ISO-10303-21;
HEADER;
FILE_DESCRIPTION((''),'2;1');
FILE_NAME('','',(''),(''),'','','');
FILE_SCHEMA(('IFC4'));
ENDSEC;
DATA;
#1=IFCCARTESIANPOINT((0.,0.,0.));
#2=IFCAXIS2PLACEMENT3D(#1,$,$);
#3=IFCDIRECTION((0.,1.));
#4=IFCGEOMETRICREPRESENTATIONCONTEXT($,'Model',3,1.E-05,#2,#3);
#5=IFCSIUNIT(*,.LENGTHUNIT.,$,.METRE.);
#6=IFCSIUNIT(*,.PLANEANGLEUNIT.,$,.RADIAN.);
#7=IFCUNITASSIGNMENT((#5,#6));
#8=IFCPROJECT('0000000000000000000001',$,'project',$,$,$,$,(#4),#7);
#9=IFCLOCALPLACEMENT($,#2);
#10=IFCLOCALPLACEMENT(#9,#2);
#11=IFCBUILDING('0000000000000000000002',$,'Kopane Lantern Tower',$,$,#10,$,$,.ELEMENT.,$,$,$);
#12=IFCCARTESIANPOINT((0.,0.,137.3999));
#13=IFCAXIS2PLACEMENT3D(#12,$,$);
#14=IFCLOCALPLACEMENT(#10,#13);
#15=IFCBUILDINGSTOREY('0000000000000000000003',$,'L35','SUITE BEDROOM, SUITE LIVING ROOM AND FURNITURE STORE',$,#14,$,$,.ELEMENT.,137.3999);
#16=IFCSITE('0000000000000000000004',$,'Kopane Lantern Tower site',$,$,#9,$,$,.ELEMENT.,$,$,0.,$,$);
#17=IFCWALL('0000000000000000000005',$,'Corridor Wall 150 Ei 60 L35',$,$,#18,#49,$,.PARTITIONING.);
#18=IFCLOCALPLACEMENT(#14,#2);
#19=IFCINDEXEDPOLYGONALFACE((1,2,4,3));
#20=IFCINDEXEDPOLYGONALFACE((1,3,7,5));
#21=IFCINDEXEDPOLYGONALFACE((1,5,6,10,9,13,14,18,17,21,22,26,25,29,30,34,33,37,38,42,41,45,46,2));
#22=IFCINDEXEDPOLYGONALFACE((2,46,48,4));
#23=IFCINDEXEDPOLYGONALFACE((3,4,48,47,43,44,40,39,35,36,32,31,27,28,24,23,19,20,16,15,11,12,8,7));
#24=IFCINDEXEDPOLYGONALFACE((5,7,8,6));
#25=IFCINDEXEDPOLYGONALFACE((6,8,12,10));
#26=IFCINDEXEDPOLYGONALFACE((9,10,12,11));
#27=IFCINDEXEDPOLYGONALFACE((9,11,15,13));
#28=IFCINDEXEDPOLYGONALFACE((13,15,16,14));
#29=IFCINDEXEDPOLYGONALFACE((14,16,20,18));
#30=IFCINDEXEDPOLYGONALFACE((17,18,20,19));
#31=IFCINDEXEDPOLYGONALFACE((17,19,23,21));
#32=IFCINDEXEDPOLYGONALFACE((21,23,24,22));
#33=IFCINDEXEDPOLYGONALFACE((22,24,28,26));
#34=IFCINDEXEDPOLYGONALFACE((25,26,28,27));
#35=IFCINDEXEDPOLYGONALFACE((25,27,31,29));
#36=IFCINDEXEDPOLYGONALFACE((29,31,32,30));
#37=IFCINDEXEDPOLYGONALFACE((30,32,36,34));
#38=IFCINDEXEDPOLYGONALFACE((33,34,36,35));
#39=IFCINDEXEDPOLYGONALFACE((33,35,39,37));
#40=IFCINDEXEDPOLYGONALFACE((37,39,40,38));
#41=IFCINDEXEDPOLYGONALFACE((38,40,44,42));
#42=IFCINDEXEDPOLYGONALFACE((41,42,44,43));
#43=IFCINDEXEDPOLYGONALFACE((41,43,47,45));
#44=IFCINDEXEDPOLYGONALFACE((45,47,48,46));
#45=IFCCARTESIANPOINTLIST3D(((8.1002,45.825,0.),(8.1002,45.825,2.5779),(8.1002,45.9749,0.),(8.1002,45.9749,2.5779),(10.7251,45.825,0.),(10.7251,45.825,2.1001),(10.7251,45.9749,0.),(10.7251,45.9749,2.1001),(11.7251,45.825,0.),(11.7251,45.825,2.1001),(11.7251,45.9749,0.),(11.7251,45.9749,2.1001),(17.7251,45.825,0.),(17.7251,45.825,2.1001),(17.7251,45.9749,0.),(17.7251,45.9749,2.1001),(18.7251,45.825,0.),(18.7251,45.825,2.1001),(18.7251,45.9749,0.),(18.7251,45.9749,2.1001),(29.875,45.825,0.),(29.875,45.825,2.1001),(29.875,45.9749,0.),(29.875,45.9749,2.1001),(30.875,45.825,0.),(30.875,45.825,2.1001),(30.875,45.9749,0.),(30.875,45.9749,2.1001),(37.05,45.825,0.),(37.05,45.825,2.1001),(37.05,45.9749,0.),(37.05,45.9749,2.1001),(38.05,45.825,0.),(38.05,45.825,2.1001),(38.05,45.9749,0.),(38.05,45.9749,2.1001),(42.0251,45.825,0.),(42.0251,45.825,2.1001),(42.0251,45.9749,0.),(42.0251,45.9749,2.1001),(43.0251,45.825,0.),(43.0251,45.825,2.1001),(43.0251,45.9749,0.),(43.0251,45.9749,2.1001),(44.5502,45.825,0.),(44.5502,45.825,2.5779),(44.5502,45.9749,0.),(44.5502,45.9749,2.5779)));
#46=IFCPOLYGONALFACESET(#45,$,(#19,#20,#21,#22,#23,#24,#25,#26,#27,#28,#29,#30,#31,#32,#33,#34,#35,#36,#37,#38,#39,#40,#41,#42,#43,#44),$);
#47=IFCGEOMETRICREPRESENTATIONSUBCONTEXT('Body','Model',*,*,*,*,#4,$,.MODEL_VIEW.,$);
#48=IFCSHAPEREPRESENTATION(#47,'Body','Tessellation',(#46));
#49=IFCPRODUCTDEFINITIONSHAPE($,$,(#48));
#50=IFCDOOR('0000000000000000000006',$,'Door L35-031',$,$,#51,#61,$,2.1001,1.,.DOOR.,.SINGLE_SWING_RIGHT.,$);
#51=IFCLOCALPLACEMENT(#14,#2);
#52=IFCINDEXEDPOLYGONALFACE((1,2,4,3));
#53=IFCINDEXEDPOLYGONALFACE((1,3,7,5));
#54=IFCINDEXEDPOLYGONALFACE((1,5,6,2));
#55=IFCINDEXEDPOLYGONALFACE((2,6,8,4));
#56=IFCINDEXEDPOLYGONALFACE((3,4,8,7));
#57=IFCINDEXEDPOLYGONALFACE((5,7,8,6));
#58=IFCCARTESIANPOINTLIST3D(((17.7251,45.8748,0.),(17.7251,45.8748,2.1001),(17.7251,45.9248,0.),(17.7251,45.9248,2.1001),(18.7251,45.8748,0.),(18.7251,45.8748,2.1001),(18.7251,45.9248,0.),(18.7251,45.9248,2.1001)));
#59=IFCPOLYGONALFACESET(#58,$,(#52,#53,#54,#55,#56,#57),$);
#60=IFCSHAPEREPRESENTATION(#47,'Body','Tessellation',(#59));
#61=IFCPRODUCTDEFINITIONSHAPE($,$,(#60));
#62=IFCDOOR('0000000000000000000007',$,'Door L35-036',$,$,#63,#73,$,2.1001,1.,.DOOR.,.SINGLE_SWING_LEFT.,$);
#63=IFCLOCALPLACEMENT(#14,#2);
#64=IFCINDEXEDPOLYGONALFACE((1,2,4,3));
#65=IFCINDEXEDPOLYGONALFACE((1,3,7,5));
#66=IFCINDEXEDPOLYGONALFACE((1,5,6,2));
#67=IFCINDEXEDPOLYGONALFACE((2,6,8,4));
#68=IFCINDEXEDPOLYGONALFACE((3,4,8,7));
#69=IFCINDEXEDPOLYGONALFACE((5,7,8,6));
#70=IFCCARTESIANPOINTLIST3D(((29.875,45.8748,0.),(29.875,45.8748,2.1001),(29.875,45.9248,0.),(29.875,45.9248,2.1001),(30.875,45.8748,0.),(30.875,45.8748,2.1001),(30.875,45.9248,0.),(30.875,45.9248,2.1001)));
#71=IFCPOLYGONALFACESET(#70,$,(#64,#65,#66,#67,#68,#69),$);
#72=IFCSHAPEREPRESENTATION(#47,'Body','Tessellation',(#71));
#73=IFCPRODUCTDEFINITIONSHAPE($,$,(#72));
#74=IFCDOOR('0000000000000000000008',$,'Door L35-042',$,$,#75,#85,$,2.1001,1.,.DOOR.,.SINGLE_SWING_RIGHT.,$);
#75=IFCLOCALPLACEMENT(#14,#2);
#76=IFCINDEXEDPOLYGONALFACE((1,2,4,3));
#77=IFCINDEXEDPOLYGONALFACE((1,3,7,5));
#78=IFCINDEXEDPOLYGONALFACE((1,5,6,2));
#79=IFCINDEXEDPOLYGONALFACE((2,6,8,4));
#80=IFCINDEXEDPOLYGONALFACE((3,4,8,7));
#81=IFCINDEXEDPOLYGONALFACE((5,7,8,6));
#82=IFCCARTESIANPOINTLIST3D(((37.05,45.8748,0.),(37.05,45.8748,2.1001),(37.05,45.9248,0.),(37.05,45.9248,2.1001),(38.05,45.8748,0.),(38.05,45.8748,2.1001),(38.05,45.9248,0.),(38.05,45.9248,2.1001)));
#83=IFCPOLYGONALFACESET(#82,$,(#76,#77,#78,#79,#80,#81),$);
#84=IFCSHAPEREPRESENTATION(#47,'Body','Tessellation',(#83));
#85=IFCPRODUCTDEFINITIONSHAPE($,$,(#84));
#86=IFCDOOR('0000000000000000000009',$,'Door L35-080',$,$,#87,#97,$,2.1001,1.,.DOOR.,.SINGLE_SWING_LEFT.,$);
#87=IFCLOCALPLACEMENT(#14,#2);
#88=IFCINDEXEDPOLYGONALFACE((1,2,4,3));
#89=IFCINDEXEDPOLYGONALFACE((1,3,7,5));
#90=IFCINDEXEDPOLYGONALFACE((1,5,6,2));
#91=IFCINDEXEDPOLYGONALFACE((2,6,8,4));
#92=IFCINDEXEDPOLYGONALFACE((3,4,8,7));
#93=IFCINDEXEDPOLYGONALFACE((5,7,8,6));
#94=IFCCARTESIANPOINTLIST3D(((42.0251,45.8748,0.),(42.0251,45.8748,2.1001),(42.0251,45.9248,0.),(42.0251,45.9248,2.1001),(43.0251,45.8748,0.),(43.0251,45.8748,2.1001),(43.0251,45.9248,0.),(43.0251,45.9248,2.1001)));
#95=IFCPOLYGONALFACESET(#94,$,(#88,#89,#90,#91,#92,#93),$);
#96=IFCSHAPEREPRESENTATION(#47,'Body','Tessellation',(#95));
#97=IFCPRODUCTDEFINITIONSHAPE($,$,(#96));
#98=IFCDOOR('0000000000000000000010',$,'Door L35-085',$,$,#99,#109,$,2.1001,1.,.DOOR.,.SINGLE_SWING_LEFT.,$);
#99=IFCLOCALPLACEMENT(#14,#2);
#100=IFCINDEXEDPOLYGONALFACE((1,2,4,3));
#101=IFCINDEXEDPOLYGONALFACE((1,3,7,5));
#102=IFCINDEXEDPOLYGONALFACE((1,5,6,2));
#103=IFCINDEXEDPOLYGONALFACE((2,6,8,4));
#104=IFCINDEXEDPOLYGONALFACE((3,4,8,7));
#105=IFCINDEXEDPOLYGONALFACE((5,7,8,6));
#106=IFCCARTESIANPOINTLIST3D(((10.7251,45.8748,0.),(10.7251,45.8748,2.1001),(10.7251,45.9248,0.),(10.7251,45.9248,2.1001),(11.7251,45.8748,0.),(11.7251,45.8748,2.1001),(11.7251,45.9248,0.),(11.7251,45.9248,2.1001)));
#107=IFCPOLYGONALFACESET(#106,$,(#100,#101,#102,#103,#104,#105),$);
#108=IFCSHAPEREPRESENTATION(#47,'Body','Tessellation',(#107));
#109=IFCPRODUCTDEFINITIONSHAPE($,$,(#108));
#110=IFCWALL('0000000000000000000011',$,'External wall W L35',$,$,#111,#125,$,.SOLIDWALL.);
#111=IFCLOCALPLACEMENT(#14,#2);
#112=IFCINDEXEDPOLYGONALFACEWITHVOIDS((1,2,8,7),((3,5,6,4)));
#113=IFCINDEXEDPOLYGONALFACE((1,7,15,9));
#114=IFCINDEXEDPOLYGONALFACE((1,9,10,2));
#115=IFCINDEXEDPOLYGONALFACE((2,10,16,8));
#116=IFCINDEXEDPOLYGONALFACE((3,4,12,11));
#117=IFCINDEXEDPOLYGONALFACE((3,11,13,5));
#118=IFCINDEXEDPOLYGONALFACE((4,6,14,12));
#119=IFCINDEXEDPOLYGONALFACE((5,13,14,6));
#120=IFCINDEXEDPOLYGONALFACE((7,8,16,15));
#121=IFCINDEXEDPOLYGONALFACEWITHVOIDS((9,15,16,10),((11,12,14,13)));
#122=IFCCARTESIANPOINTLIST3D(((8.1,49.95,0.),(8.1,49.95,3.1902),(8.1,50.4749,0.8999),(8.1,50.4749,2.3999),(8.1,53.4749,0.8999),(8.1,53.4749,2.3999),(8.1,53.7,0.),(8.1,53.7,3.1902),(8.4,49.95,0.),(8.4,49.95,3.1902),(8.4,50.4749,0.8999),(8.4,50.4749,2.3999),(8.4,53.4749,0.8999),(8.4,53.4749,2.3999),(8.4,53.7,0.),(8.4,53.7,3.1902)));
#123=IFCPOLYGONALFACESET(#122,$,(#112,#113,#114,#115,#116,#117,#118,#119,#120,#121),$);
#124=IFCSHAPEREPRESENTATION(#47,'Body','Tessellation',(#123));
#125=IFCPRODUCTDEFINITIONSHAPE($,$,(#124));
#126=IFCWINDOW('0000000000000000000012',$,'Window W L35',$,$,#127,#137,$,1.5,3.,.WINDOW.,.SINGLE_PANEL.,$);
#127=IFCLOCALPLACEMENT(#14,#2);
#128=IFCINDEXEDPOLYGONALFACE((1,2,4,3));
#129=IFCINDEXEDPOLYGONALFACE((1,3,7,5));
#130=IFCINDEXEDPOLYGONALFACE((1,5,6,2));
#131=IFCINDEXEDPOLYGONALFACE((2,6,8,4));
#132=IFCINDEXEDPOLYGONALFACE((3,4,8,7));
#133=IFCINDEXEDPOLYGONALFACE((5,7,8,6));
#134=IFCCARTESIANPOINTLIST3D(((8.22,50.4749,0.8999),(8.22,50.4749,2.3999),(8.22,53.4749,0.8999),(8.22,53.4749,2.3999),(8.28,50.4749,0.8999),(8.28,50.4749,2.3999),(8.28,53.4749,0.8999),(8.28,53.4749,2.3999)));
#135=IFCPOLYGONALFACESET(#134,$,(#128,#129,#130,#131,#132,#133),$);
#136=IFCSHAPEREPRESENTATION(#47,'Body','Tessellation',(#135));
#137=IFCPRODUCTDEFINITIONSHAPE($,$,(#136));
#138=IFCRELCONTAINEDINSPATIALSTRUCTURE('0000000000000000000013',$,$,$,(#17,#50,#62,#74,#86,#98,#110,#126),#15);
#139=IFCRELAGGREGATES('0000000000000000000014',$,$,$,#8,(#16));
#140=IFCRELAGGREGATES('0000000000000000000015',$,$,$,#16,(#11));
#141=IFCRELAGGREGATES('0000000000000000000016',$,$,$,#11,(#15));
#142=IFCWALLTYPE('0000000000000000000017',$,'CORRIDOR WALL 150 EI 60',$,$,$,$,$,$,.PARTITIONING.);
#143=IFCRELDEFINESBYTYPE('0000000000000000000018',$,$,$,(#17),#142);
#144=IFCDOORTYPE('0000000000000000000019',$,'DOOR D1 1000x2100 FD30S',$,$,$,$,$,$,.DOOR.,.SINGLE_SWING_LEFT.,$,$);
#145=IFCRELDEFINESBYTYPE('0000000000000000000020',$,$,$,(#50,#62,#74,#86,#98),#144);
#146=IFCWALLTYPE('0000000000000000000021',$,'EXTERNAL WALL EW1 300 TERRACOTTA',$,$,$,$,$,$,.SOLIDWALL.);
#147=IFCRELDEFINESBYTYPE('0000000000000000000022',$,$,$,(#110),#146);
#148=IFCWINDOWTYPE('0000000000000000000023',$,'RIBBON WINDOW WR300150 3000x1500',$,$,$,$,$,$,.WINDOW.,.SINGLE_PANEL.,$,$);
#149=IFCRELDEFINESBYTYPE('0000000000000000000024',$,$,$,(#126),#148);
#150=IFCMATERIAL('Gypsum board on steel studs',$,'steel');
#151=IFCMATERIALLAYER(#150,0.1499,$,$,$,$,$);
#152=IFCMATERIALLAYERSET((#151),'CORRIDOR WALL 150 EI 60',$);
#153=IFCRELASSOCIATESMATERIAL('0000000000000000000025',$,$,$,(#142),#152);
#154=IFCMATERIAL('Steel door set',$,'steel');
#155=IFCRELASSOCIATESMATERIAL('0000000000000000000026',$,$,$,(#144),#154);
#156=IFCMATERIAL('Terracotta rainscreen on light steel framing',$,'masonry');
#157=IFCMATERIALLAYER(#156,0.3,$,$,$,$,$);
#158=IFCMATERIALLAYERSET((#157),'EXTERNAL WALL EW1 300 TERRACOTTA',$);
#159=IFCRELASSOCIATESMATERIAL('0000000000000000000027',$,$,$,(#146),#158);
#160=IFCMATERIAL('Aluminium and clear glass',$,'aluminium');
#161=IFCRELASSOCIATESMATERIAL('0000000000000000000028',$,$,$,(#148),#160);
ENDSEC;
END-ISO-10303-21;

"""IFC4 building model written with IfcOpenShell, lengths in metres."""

from ifc_helpers import new_model, si_unit, direction, frame, frame_2d, origin, place, context, subcontext, project, spatial, rectangle, extrude, material, layer, layer_set, type_object, element, fill, save


model = new_model("IFC4")

# Units and contexts
model_context = context("Model", 3, precision=1e-05, world=origin(), true_north=direction((0.0, 1.0)))
body_context = subcontext(model_context, "Body", "Model", "MODEL_VIEW")
ifc_project = project(units=[si_unit("LENGTHUNIT", "METRE"), si_unit("PLANEANGLEUNIT", "RADIAN")], contexts=[model_context])

# Site, building, storey
site_placement = place(None, origin())
site = spatial("IfcSite", under=ifc_project, at=site_placement, Name="Kopane Lantern Tower site", CompositionType="ELEMENT", RefElevation=0.0)
building_placement = place(site_placement, origin())
building = spatial("IfcBuilding", under=site, at=building_placement, Name="Kopane Lantern Tower", CompositionType="ELEMENT")
storey_placement = place(building_placement, frame((0.0, 0.0, 137.3999)))
storey = spatial("IfcBuildingStorey", under=building, at=storey_placement, Name="L35", Description="SUITE BEDROOM, SUITE LIVING ROOM AND FURNITURE STORE", CompositionType="ELEMENT", Elevation=137.3999)

# Wall, openings, doors
ifc_material_1 = material(Name="Gypsum board on steel studs", Category="steel")
ifc_layer_1 = layer(ifc_material_1, 0.1499)
ifc_layer_set_1 = layer_set([ifc_layer_1], Name="CORRIDOR WALL 150 EI 60")
wall_type_1 = type_object("IfcWallType", Name="CORRIDOR WALL 150 EI 60", PredefinedType="PARTITIONING", material=ifc_layer_set_1)
wall_1_placement = place(storey_placement, frame((8.1001, 45.8999, 0.0), z_axis=(0.0, 0.0, 1.0), x_axis=(1.0, 0.0, 0.0)))
wall_1 = element("IfcWall", 1, at=wall_1_placement, inside=storey, type_object=wall_type_1, Name="Corridor Wall 150 Ei 60 L35", PredefinedType="PARTITIONING", context=body_context, shape_type="SweptSolid", body=[
    extrude(rectangle(XDim=36.45, YDim=0.1499, at=frame_2d((18.2251, 0.0))), origin(), (0.0, 0.0, 1.0), 2.5779),
])
opening_1_placement = place(wall_1_placement, frame((9.625, 0.0, 0.0)))
opening_1 = element("IfcOpeningElement", 2, at=opening_1_placement, cuts=wall_1, PredefinedType="OPENING", context=body_context, shape_type="SweptSolid", body=[
    extrude(rectangle(XDim=1.0, YDim=2.1001, at=frame_2d((0.5, 1.05))), frame((0.0, 0.085, 0.0), z_axis=(0.0, -1.0, 0.0), x_axis=(1.0, 0.0, 0.0)), (0.0, 0.0, 1.0), 0.1699),
])
opening_2_placement = place(wall_1_placement, frame((21.7749, 0.0, 0.0)))
opening_2 = element("IfcOpeningElement", 3, at=opening_2_placement, cuts=wall_1, PredefinedType="OPENING", context=body_context, shape_type="SweptSolid", body=[
    extrude(rectangle(XDim=1.0, YDim=2.1001, at=frame_2d((0.5, 1.05))), frame((0.0, 0.085, 0.0), z_axis=(0.0, -1.0, 0.0), x_axis=(1.0, 0.0, 0.0)), (0.0, 0.0, 1.0), 0.1699),
])
opening_3_placement = place(wall_1_placement, frame((28.95, 0.0, 0.0)))
opening_3 = element("IfcOpeningElement", 4, at=opening_3_placement, cuts=wall_1, PredefinedType="OPENING", context=body_context, shape_type="SweptSolid", body=[
    extrude(rectangle(XDim=1.0, YDim=2.1001, at=frame_2d((0.5, 1.05))), frame((0.0, 0.085, 0.0), z_axis=(0.0, -1.0, 0.0), x_axis=(1.0, 0.0, 0.0)), (0.0, 0.0, 1.0), 0.1699),
])
opening_4_placement = place(wall_1_placement, frame((33.925, 0.0, 0.0)))
opening_4 = element("IfcOpeningElement", 5, at=opening_4_placement, cuts=wall_1, PredefinedType="OPENING", context=body_context, shape_type="SweptSolid", body=[
    extrude(rectangle(XDim=1.0, YDim=2.1001, at=frame_2d((0.5, 1.05))), frame((0.0, 0.085, 0.0), z_axis=(0.0, -1.0, 0.0), x_axis=(1.0, 0.0, 0.0)), (0.0, 0.0, 1.0), 0.1699),
])
opening_5_placement = place(wall_1_placement, frame((2.625, 0.0, 0.0)))
opening_5 = element("IfcOpeningElement", 6, at=opening_5_placement, cuts=wall_1, PredefinedType="OPENING", context=body_context, shape_type="SweptSolid", body=[
    extrude(rectangle(XDim=1.0, YDim=2.1001, at=frame_2d((0.5, 1.05))), frame((0.0, 0.085, 0.0), z_axis=(0.0, -1.0, 0.0), x_axis=(1.0, 0.0, 0.0)), (0.0, 0.0, 1.0), 0.1699),
])
ifc_material_2 = material(Name="Steel door set", Category="steel")
door_type_1 = type_object("IfcDoorType", Name="DOOR D1 1000x2100 FD30S", OperationType="SINGLE_SWING_LEFT", PredefinedType="DOOR", material=ifc_material_2)
door_1_placement = place(opening_1_placement, origin())
door_1 = element("IfcDoor", 7, at=door_1_placement, inside=storey, type_object=door_type_1, Name="Door L35-031", OperationType="SINGLE_SWING_RIGHT", OverallHeight=2.1001, OverallWidth=1.0, PredefinedType="DOOR", context=body_context, shape_type="SweptSolid", body=[
    extrude(rectangle(XDim=1.0, YDim=2.1001, at=frame_2d((0.5, 1.05))), frame((0.0, 0.0249, 0.0), z_axis=(0.0, -1.0, 0.0), x_axis=(1.0, 0.0, 0.0)), (0.0, 0.0, 1.0), 0.05),
])
fill(opening_1, door_1)
door_2_placement = place(opening_2_placement, origin())
door_2 = element("IfcDoor", 8, at=door_2_placement, inside=storey, type_object=door_type_1, Name="Door L35-036", OperationType="SINGLE_SWING_LEFT", OverallHeight=2.1001, OverallWidth=1.0, PredefinedType="DOOR", context=body_context, shape_type="SweptSolid", body=[
    extrude(rectangle(XDim=1.0, YDim=2.1001, at=frame_2d((0.5, 1.05))), frame((0.0, 0.0249, 0.0), z_axis=(0.0, -1.0, 0.0), x_axis=(1.0, 0.0, 0.0)), (0.0, 0.0, 1.0), 0.05),
])
fill(opening_2, door_2)
door_3_placement = place(opening_3_placement, origin())
door_3 = element("IfcDoor", 9, at=door_3_placement, inside=storey, type_object=door_type_1, Name="Door L35-042", OperationType="SINGLE_SWING_RIGHT", OverallHeight=2.1001, OverallWidth=1.0, PredefinedType="DOOR", context=body_context, shape_type="SweptSolid", body=[
    extrude(rectangle(XDim=1.0, YDim=2.1001, at=frame_2d((0.5, 1.05))), frame((0.0, 0.0249, 0.0), z_axis=(0.0, -1.0, 0.0), x_axis=(1.0, 0.0, 0.0)), (0.0, 0.0, 1.0), 0.05),
])
fill(opening_3, door_3)
door_4_placement = place(opening_4_placement, origin())
door_4 = element("IfcDoor", 10, at=door_4_placement, inside=storey, type_object=door_type_1, Name="Door L35-080", OperationType="SINGLE_SWING_LEFT", OverallHeight=2.1001, OverallWidth=1.0, PredefinedType="DOOR", context=body_context, shape_type="SweptSolid", body=[
    extrude(rectangle(XDim=1.0, YDim=2.1001, at=frame_2d((0.5, 1.05))), frame((0.0, 0.0249, 0.0), z_axis=(0.0, -1.0, 0.0), x_axis=(1.0, 0.0, 0.0)), (0.0, 0.0, 1.0), 0.05),
])
fill(opening_4, door_4)
door_5_placement = place(opening_5_placement, origin())
door_5 = element("IfcDoor", 11, at=door_5_placement, inside=storey, type_object=door_type_1, Name="Door L35-085", OperationType="SINGLE_SWING_LEFT", OverallHeight=2.1001, OverallWidth=1.0, PredefinedType="DOOR", context=body_context, shape_type="SweptSolid", body=[
    extrude(rectangle(XDim=1.0, YDim=2.1001, at=frame_2d((0.5, 1.05))), frame((0.0, 0.0249, 0.0), z_axis=(0.0, -1.0, 0.0), x_axis=(1.0, 0.0, 0.0)), (0.0, 0.0, 1.0), 0.05),
])
fill(opening_5, door_5)

# Wall, opening, window
ifc_material_3 = material(Name="Terracotta rainscreen on light steel framing", Category="masonry")
ifc_layer_2 = layer(ifc_material_3, 0.3)
ifc_layer_set_2 = layer_set([ifc_layer_2], Name="EXTERNAL WALL EW1 300 TERRACOTTA")
wall_type_2 = type_object("IfcWallType", Name="EXTERNAL WALL EW1 300 TERRACOTTA", PredefinedType="SOLIDWALL", material=ifc_layer_set_2)
wall_2_placement = place(storey_placement, frame((8.25, 53.7, 0.0), z_axis=(0.0, 0.0, 1.0), x_axis=(0.0, -1.0, 0.0)))
wall_2 = element("IfcWall", 12, at=wall_2_placement, inside=storey, type_object=wall_type_2, Name="External wall W L35", PredefinedType="SOLIDWALL", context=body_context, shape_type="SweptSolid", body=[
    extrude(rectangle(XDim=3.75, YDim=0.3, at=frame_2d((1.875, 0.0))), origin(), (0.0, 0.0, 1.0), 3.1902),
])
opening_6_placement = place(wall_2_placement, frame((0.2251, 0.0, 0.8999)))
opening_6 = element("IfcOpeningElement", 13, at=opening_6_placement, cuts=wall_2, PredefinedType="OPENING", context=body_context, shape_type="SweptSolid", body=[
    extrude(rectangle(XDim=3.0, YDim=1.5, at=frame_2d((1.5, 0.75))), frame((0.0, 0.1599, 0.0), z_axis=(0.0, -1.0, 0.0), x_axis=(1.0, 0.0, 0.0)), (0.0, 0.0, 1.0), 0.3201),
])
ifc_material_4 = material(Name="Aluminium and clear glass", Category="aluminium")
window_type = type_object("IfcWindowType", Name="RIBBON WINDOW WR300150 3000x1500", PartitioningType="SINGLE_PANEL", PredefinedType="WINDOW", material=ifc_material_4)
window_1_placement = place(opening_6_placement, origin())
window_1 = element("IfcWindow", 14, at=window_1_placement, inside=storey, type_object=window_type, Name="Window W L35", OverallHeight=1.5, OverallWidth=3.0, PartitioningType="SINGLE_PANEL", PredefinedType="WINDOW", context=body_context, shape_type="SweptSolid", body=[
    extrude(rectangle(XDim=3.0, YDim=1.5, at=frame_2d((1.5, 0.75))), frame((0.0, 0.03, 0.0), z_axis=(0.0, -1.0, 0.0), x_axis=(1.0, 0.0, 0.0)), (0.0, 0.0, 1.0), 0.0601),
])
fill(opening_6, window_1)

save(model, "model.ifc")
